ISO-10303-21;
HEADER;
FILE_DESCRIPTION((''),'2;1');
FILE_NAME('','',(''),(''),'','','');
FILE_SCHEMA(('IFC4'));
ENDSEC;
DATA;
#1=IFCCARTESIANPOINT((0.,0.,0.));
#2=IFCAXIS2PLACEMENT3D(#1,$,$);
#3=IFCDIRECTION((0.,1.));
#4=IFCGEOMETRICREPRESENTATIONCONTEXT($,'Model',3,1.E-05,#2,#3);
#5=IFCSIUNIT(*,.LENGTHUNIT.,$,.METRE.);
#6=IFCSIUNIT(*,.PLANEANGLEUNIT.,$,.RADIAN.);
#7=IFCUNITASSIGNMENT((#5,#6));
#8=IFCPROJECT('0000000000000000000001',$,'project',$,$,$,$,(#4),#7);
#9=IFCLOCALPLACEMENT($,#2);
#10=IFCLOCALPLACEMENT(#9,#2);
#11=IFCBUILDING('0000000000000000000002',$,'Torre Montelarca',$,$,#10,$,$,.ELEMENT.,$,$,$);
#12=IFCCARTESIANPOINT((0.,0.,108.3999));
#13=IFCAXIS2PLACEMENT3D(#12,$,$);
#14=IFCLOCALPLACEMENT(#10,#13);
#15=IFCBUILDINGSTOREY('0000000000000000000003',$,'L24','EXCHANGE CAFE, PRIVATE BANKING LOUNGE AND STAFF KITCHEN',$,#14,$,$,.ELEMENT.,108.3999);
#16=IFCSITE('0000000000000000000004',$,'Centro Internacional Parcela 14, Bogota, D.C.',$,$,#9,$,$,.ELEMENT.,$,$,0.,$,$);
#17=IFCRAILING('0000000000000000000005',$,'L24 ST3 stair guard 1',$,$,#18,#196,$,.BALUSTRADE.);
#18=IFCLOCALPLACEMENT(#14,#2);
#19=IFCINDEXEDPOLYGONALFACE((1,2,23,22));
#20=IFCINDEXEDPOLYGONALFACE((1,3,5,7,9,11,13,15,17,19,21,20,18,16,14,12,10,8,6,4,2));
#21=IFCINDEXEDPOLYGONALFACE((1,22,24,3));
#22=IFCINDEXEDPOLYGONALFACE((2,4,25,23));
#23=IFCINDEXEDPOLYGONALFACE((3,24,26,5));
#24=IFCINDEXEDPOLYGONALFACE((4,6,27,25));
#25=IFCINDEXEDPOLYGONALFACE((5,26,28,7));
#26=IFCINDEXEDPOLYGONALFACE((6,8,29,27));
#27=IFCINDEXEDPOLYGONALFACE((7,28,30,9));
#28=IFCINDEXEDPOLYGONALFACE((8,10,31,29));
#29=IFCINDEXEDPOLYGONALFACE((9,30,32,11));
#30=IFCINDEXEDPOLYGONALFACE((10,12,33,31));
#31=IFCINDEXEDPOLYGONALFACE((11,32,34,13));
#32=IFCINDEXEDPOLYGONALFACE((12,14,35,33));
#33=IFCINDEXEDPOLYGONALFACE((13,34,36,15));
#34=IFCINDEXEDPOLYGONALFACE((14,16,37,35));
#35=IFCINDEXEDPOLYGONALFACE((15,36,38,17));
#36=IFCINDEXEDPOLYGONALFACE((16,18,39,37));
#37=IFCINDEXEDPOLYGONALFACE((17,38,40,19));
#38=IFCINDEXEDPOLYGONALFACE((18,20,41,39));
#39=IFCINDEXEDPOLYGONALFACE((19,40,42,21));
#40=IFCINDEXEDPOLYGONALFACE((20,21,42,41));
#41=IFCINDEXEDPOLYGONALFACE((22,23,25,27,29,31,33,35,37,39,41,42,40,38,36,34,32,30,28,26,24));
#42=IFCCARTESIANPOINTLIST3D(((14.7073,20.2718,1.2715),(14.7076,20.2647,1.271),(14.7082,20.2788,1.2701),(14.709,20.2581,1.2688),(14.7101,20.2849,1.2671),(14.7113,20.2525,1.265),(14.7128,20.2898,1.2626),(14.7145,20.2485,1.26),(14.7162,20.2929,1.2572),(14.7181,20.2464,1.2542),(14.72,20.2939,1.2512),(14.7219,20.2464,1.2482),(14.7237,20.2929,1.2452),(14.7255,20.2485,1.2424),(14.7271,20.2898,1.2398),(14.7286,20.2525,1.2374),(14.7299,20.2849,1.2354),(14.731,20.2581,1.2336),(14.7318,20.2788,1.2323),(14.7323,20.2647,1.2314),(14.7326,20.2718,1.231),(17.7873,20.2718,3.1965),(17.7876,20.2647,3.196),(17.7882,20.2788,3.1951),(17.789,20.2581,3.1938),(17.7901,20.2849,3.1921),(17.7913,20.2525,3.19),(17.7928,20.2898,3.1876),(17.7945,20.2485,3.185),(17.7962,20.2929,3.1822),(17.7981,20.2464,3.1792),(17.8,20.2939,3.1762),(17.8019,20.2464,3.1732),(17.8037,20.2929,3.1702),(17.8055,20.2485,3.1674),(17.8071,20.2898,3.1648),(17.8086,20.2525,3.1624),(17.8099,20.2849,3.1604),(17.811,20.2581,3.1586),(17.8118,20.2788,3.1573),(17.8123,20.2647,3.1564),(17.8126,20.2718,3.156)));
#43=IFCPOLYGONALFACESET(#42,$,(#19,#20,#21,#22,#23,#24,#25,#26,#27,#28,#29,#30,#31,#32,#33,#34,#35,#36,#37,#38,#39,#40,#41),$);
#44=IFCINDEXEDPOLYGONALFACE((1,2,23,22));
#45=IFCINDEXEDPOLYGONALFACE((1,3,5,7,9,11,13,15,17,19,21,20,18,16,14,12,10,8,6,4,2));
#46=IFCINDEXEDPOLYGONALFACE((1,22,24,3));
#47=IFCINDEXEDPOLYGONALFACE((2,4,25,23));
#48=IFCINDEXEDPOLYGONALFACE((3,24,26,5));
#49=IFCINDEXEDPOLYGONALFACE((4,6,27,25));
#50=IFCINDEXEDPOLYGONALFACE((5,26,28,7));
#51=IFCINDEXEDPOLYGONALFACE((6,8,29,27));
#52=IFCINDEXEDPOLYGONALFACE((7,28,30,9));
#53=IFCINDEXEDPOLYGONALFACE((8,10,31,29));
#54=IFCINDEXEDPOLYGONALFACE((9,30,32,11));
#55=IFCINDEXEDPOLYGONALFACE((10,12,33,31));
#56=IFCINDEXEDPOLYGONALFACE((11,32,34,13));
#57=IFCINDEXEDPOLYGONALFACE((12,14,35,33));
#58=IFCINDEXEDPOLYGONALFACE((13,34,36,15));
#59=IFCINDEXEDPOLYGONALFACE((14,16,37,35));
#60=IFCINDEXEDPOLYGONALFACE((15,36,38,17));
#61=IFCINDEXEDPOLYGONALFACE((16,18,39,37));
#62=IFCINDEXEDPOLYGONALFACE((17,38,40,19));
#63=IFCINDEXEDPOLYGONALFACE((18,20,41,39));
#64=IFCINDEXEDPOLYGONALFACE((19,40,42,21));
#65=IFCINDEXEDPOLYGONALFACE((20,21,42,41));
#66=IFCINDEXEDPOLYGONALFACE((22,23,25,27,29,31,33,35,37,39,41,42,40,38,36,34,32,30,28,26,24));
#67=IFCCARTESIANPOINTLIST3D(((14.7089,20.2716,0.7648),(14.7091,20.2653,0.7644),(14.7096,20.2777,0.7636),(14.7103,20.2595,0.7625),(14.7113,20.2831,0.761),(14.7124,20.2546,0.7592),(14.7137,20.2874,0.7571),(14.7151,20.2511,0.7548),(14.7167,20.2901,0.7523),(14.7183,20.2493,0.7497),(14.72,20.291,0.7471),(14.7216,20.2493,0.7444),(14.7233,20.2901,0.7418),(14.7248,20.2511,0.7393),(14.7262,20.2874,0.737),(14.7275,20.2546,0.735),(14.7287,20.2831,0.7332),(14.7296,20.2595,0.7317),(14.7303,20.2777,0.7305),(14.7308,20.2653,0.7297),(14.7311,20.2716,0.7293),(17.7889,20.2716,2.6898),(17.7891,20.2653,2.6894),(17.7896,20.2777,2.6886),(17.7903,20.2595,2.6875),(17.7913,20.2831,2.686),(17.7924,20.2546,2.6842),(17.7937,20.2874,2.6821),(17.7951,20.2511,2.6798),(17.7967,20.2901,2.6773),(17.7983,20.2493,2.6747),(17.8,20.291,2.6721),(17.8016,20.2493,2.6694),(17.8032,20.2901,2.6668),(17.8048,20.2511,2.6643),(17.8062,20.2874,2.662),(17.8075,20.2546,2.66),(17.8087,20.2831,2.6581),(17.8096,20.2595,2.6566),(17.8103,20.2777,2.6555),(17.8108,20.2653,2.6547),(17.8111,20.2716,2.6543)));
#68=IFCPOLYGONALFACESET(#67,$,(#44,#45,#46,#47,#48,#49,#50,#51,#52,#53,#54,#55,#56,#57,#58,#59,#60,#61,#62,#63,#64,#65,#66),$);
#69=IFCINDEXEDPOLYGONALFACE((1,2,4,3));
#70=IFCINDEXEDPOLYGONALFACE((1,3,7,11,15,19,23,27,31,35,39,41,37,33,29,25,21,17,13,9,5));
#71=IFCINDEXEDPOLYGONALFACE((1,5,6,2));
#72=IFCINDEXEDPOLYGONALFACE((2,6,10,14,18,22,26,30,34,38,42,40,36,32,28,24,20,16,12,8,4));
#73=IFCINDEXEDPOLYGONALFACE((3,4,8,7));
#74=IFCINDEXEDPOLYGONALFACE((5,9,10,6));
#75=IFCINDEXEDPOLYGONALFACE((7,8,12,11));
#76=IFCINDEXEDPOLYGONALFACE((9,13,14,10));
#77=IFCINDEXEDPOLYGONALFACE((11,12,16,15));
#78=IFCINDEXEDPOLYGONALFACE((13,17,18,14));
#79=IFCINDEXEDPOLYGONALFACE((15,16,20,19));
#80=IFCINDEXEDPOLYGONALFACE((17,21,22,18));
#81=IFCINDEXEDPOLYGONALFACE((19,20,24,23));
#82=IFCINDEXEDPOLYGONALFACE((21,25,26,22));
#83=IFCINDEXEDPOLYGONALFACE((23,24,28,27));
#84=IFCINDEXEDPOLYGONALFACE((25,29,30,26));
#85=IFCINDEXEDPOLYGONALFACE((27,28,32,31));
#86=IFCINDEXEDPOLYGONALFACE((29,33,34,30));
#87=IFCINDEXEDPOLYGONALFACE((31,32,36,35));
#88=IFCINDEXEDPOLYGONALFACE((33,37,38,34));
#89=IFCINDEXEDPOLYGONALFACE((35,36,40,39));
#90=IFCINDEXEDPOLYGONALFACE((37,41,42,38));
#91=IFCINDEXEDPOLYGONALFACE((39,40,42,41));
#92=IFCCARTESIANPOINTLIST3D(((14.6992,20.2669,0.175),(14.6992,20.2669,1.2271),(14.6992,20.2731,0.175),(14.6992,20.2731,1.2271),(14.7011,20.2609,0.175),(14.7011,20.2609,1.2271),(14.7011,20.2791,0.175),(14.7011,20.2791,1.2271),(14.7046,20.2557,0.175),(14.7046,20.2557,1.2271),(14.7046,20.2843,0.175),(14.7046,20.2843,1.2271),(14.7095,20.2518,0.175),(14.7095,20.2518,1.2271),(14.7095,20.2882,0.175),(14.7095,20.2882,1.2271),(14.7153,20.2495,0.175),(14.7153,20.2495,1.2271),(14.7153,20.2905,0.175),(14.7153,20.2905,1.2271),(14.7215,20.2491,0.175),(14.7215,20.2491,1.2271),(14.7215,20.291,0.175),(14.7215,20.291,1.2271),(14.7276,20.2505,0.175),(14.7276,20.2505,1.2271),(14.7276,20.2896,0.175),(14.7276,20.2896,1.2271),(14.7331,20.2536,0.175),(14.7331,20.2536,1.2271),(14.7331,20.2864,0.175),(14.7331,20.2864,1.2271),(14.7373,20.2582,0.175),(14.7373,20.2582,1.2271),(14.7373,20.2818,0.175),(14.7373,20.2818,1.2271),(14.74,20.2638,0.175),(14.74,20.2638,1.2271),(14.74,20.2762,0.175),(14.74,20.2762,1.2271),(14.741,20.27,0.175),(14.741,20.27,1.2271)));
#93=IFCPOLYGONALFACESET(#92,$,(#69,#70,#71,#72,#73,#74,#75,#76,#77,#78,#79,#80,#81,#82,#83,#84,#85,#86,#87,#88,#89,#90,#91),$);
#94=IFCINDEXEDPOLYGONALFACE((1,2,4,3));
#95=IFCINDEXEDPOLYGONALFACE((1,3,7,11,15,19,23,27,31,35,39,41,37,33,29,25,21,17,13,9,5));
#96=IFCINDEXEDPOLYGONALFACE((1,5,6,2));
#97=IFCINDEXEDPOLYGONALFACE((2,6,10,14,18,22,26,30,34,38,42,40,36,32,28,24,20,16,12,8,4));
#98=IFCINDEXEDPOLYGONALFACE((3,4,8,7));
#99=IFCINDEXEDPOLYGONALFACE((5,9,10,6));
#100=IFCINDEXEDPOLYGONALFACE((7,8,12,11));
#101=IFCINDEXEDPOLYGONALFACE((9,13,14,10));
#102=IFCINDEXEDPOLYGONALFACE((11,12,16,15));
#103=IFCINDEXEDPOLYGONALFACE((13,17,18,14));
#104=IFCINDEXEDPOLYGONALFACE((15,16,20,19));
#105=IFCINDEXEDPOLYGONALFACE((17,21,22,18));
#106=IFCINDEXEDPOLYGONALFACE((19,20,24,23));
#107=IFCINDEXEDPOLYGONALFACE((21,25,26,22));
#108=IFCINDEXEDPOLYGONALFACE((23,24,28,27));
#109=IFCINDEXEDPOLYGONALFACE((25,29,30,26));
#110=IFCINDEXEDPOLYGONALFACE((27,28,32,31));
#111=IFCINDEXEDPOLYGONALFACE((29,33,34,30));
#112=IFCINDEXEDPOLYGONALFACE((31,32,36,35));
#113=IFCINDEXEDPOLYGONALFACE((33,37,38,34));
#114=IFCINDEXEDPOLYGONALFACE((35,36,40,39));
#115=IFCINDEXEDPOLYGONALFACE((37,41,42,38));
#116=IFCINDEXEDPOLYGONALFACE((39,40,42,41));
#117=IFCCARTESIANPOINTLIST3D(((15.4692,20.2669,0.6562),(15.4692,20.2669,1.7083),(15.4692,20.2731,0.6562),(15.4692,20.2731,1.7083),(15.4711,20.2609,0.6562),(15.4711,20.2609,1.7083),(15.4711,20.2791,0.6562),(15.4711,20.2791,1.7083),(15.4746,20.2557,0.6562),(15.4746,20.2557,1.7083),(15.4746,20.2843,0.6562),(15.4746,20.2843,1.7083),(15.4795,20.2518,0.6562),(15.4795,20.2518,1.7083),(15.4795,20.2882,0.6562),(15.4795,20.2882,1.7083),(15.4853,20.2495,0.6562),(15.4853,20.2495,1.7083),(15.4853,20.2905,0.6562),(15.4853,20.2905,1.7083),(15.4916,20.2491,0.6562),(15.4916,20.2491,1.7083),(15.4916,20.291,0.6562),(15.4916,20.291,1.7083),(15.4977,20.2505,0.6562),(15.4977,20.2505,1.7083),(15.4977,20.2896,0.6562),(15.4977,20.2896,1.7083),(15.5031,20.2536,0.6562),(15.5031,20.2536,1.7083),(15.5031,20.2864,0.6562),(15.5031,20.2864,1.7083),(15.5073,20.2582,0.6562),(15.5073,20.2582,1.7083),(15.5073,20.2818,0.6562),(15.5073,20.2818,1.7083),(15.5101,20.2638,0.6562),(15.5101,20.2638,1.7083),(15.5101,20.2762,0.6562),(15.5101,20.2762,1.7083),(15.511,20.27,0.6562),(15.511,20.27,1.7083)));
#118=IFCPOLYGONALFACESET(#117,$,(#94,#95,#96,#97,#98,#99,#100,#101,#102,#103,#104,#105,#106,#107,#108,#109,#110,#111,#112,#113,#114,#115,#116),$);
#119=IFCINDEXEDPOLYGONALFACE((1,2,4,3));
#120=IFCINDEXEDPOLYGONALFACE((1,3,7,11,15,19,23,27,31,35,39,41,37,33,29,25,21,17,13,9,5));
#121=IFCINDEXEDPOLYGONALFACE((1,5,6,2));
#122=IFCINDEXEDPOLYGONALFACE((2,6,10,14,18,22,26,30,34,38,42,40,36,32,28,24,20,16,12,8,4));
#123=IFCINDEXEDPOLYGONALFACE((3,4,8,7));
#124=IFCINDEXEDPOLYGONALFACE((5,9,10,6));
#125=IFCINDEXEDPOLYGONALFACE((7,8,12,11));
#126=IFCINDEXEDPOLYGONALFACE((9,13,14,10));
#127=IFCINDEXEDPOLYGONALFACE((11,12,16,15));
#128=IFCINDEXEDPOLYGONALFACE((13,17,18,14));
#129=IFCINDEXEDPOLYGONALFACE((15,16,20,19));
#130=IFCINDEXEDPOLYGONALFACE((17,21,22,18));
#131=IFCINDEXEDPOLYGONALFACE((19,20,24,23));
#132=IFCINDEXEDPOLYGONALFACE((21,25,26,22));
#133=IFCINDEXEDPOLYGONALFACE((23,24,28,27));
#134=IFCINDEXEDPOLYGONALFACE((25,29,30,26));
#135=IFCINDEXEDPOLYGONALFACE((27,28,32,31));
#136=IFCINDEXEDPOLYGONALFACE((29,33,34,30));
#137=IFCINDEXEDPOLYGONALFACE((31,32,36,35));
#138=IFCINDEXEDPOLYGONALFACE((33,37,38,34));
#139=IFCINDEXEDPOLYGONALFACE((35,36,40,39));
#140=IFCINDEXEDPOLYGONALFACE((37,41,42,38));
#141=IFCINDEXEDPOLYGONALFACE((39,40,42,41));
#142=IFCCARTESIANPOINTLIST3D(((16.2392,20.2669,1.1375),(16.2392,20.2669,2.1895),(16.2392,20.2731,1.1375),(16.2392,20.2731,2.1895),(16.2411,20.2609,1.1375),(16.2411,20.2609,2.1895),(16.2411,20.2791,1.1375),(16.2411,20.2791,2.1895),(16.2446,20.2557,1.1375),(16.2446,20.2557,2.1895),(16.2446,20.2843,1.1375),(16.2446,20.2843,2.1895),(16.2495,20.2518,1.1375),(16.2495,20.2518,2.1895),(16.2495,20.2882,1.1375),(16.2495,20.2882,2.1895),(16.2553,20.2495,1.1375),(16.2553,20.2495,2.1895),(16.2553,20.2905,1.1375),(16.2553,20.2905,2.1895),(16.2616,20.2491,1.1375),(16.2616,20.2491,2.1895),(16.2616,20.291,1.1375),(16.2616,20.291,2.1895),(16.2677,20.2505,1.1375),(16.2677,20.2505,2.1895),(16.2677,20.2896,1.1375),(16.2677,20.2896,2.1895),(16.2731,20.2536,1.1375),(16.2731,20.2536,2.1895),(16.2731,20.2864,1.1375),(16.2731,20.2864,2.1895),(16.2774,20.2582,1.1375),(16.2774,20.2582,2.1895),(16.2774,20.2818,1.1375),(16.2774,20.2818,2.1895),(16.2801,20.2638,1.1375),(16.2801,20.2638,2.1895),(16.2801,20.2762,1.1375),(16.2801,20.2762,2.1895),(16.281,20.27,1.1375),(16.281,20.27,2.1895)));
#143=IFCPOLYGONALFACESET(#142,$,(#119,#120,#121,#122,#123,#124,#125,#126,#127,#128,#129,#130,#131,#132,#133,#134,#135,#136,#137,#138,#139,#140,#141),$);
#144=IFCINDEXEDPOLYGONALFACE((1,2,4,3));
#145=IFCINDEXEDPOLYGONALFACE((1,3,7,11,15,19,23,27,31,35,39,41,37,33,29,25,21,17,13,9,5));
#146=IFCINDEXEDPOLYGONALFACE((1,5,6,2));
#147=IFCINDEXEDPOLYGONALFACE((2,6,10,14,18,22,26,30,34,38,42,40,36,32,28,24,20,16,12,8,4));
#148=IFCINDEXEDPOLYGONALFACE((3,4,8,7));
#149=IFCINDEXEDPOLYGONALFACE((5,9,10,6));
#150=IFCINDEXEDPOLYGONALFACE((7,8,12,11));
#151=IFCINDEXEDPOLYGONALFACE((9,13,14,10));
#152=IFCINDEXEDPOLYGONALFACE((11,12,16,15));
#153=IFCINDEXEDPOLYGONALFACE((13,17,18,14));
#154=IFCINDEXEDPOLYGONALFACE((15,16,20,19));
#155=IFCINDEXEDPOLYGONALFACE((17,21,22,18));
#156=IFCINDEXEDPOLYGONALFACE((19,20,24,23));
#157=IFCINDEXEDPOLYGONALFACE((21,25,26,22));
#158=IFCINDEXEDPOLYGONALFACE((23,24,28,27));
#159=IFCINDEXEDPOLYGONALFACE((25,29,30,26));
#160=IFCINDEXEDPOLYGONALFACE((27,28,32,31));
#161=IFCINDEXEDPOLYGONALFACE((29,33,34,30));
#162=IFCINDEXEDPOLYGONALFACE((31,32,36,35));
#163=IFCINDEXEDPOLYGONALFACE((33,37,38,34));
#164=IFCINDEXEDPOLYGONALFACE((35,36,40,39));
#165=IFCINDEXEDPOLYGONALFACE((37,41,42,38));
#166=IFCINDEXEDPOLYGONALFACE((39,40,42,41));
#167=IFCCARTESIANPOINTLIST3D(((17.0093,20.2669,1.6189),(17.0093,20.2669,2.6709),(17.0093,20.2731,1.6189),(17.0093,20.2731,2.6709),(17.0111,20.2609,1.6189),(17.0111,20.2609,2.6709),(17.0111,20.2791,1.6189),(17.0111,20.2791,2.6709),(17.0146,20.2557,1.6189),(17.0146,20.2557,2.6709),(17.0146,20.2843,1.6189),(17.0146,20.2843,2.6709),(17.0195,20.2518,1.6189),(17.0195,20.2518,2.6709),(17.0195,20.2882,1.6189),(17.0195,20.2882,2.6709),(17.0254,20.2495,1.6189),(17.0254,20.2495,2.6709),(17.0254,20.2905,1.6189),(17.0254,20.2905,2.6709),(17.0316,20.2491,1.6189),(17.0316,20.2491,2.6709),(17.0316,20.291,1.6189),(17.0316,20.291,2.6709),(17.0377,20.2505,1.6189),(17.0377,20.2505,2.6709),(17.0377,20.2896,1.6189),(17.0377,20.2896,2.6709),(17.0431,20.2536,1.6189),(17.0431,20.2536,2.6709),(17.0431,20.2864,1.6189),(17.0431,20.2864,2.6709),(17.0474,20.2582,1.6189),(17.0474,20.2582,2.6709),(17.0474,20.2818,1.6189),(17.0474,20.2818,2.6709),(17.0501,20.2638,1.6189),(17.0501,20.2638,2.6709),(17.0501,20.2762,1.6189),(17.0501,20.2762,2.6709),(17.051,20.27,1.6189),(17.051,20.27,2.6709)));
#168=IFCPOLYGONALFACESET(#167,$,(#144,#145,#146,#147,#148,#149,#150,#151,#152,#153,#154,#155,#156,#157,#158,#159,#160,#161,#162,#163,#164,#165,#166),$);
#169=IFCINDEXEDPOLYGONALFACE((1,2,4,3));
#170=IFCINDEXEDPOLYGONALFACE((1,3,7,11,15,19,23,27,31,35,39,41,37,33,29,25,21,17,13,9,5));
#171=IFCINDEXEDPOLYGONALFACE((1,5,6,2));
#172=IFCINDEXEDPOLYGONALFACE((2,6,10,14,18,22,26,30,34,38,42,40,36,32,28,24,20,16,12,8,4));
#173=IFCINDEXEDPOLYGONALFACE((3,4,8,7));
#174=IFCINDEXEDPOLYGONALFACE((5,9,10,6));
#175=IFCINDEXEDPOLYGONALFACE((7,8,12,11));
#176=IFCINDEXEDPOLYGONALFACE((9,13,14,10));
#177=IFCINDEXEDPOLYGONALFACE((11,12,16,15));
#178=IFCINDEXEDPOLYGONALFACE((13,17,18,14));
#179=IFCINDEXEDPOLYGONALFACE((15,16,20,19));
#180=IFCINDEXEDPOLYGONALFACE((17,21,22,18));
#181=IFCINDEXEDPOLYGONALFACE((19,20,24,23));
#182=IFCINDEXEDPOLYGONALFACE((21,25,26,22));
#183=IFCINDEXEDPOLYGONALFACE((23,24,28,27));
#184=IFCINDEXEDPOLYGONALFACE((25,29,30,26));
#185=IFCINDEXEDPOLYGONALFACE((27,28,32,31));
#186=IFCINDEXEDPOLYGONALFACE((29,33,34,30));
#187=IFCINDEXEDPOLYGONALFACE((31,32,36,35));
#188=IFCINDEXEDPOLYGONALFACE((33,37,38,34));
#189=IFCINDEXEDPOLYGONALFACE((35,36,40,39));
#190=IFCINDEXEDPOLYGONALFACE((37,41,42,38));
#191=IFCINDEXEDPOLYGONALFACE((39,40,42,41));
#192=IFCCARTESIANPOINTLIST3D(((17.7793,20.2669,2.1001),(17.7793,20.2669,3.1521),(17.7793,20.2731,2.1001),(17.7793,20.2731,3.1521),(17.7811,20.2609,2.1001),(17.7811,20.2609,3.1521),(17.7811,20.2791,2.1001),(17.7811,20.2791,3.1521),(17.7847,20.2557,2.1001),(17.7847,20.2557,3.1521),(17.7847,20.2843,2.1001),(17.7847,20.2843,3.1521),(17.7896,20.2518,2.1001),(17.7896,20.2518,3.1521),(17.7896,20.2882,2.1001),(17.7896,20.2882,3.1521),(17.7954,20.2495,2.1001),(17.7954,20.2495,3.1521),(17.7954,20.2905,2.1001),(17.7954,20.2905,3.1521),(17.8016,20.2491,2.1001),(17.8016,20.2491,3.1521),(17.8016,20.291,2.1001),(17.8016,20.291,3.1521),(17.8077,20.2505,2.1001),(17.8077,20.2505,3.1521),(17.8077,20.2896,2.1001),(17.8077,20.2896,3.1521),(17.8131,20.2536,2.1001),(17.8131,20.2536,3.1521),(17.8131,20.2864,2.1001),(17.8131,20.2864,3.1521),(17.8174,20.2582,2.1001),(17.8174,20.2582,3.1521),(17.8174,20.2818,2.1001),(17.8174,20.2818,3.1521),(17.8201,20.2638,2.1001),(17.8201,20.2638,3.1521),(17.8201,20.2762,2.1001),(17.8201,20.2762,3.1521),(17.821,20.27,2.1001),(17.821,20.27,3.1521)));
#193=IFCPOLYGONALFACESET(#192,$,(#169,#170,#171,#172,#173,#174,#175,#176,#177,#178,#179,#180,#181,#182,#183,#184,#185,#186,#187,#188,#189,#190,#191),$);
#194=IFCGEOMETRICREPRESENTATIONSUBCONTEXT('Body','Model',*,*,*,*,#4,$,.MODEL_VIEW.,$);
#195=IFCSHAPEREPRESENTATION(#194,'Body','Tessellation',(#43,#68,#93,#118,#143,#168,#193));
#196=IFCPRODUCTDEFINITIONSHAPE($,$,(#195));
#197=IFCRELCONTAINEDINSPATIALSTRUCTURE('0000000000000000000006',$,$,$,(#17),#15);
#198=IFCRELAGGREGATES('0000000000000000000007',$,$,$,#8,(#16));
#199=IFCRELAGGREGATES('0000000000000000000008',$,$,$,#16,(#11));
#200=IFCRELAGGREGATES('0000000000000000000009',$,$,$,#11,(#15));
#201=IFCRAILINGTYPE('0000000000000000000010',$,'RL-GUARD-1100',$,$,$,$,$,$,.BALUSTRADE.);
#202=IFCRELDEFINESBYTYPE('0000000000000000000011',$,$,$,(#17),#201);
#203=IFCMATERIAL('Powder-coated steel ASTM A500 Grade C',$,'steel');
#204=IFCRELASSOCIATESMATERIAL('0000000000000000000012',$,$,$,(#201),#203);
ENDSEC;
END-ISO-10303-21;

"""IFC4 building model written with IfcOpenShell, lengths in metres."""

from ifc_helpers import new_model, si_unit, direction, frame, origin, origin_2d, place, context, subcontext, project, spatial, circle, extrude, material, type_object, element, save


model = new_model("IFC4")

# Units and contexts
model_context = context("Model", 3, precision=1e-05, world=origin(), true_north=direction((0.0, 1.0)))
body_context = subcontext(model_context, "Body", "Model", "MODEL_VIEW")
ifc_project = project(units=[si_unit("LENGTHUNIT", "METRE"), si_unit("PLANEANGLEUNIT", "RADIAN")], contexts=[model_context])

# Site, building, storey
site_placement = place(None, origin())
site = spatial("IfcSite", under=ifc_project, at=site_placement, Name="Centro Internacional Parcela 14, Bogota, D.C.", CompositionType="ELEMENT", RefElevation=0.0)
building_placement = place(site_placement, origin())
building = spatial("IfcBuilding", under=site, at=building_placement, Name="Torre Montelarca", CompositionType="ELEMENT")
storey_placement = place(building_placement, frame((0.0, 0.0, 108.3999)))
storey = spatial("IfcBuildingStorey", under=building, at=storey_placement, Name="L24", Description="EXCHANGE CAFE, PRIVATE BANKING LOUNGE AND STAFF KITCHEN", CompositionType="ELEMENT", Elevation=108.3999)

# Railing
ifc_material_1 = material(Name="Powder-coated steel ASTM A500 Grade C", Category="steel")
railing_type_1 = type_object("IfcRailingType", Name="RL-GUARD-1100", PredefinedType="BALUSTRADE", material=ifc_material_1)
railing_1_placement = place(storey_placement, frame((14.72, 20.27, 0.175)))
element("IfcRailing", 1, at=railing_1_placement, inside=storey, type_object=railing_type_1, Name="L24 ST3 stair guard 1", PredefinedType="BALUSTRADE", context=body_context, shape_type="SweptSolid", body=[
    extrude(circle(Radius=0.0239, at=origin_2d()), frame((0.0, 0.0, 1.0762), z_axis=(0.847998, 0.0, 0.529999), x_axis=(0.0, 1.0, 0.0)), (0.0, 0.0, 1.0), 3.6321),
    extrude(circle(Radius=0.021, at=origin_2d()), frame((0.0, 0.0, 0.572), z_axis=(0.847998, 0.0, 0.529999), x_axis=(0.0, 1.0, 0.0)), (0.0, 0.0, 1.0), 3.6321),
    extrude(circle(Radius=0.021, at=origin_2d()), origin(), (0.0, 0.0, 1.0), 1.052),
    extrude(circle(Radius=0.021, at=origin_2d()), frame((0.77, 0.0, 0.4812)), (0.0, 0.0, 1.0), 1.052),
    extrude(circle(Radius=0.021, at=origin_2d()), frame((1.54, 0.0, 0.9624)), (0.0, 0.0, 1.0), 1.052),
    extrude(circle(Radius=0.021, at=origin_2d()), frame((2.3101, 0.0, 1.4438)), (0.0, 0.0, 1.0), 1.052),
    extrude(circle(Radius=0.021, at=origin_2d()), frame((3.0801, 0.0, 1.925)), (0.0, 0.0, 1.0), 1.052),
])

save(model, "model.ifc")
